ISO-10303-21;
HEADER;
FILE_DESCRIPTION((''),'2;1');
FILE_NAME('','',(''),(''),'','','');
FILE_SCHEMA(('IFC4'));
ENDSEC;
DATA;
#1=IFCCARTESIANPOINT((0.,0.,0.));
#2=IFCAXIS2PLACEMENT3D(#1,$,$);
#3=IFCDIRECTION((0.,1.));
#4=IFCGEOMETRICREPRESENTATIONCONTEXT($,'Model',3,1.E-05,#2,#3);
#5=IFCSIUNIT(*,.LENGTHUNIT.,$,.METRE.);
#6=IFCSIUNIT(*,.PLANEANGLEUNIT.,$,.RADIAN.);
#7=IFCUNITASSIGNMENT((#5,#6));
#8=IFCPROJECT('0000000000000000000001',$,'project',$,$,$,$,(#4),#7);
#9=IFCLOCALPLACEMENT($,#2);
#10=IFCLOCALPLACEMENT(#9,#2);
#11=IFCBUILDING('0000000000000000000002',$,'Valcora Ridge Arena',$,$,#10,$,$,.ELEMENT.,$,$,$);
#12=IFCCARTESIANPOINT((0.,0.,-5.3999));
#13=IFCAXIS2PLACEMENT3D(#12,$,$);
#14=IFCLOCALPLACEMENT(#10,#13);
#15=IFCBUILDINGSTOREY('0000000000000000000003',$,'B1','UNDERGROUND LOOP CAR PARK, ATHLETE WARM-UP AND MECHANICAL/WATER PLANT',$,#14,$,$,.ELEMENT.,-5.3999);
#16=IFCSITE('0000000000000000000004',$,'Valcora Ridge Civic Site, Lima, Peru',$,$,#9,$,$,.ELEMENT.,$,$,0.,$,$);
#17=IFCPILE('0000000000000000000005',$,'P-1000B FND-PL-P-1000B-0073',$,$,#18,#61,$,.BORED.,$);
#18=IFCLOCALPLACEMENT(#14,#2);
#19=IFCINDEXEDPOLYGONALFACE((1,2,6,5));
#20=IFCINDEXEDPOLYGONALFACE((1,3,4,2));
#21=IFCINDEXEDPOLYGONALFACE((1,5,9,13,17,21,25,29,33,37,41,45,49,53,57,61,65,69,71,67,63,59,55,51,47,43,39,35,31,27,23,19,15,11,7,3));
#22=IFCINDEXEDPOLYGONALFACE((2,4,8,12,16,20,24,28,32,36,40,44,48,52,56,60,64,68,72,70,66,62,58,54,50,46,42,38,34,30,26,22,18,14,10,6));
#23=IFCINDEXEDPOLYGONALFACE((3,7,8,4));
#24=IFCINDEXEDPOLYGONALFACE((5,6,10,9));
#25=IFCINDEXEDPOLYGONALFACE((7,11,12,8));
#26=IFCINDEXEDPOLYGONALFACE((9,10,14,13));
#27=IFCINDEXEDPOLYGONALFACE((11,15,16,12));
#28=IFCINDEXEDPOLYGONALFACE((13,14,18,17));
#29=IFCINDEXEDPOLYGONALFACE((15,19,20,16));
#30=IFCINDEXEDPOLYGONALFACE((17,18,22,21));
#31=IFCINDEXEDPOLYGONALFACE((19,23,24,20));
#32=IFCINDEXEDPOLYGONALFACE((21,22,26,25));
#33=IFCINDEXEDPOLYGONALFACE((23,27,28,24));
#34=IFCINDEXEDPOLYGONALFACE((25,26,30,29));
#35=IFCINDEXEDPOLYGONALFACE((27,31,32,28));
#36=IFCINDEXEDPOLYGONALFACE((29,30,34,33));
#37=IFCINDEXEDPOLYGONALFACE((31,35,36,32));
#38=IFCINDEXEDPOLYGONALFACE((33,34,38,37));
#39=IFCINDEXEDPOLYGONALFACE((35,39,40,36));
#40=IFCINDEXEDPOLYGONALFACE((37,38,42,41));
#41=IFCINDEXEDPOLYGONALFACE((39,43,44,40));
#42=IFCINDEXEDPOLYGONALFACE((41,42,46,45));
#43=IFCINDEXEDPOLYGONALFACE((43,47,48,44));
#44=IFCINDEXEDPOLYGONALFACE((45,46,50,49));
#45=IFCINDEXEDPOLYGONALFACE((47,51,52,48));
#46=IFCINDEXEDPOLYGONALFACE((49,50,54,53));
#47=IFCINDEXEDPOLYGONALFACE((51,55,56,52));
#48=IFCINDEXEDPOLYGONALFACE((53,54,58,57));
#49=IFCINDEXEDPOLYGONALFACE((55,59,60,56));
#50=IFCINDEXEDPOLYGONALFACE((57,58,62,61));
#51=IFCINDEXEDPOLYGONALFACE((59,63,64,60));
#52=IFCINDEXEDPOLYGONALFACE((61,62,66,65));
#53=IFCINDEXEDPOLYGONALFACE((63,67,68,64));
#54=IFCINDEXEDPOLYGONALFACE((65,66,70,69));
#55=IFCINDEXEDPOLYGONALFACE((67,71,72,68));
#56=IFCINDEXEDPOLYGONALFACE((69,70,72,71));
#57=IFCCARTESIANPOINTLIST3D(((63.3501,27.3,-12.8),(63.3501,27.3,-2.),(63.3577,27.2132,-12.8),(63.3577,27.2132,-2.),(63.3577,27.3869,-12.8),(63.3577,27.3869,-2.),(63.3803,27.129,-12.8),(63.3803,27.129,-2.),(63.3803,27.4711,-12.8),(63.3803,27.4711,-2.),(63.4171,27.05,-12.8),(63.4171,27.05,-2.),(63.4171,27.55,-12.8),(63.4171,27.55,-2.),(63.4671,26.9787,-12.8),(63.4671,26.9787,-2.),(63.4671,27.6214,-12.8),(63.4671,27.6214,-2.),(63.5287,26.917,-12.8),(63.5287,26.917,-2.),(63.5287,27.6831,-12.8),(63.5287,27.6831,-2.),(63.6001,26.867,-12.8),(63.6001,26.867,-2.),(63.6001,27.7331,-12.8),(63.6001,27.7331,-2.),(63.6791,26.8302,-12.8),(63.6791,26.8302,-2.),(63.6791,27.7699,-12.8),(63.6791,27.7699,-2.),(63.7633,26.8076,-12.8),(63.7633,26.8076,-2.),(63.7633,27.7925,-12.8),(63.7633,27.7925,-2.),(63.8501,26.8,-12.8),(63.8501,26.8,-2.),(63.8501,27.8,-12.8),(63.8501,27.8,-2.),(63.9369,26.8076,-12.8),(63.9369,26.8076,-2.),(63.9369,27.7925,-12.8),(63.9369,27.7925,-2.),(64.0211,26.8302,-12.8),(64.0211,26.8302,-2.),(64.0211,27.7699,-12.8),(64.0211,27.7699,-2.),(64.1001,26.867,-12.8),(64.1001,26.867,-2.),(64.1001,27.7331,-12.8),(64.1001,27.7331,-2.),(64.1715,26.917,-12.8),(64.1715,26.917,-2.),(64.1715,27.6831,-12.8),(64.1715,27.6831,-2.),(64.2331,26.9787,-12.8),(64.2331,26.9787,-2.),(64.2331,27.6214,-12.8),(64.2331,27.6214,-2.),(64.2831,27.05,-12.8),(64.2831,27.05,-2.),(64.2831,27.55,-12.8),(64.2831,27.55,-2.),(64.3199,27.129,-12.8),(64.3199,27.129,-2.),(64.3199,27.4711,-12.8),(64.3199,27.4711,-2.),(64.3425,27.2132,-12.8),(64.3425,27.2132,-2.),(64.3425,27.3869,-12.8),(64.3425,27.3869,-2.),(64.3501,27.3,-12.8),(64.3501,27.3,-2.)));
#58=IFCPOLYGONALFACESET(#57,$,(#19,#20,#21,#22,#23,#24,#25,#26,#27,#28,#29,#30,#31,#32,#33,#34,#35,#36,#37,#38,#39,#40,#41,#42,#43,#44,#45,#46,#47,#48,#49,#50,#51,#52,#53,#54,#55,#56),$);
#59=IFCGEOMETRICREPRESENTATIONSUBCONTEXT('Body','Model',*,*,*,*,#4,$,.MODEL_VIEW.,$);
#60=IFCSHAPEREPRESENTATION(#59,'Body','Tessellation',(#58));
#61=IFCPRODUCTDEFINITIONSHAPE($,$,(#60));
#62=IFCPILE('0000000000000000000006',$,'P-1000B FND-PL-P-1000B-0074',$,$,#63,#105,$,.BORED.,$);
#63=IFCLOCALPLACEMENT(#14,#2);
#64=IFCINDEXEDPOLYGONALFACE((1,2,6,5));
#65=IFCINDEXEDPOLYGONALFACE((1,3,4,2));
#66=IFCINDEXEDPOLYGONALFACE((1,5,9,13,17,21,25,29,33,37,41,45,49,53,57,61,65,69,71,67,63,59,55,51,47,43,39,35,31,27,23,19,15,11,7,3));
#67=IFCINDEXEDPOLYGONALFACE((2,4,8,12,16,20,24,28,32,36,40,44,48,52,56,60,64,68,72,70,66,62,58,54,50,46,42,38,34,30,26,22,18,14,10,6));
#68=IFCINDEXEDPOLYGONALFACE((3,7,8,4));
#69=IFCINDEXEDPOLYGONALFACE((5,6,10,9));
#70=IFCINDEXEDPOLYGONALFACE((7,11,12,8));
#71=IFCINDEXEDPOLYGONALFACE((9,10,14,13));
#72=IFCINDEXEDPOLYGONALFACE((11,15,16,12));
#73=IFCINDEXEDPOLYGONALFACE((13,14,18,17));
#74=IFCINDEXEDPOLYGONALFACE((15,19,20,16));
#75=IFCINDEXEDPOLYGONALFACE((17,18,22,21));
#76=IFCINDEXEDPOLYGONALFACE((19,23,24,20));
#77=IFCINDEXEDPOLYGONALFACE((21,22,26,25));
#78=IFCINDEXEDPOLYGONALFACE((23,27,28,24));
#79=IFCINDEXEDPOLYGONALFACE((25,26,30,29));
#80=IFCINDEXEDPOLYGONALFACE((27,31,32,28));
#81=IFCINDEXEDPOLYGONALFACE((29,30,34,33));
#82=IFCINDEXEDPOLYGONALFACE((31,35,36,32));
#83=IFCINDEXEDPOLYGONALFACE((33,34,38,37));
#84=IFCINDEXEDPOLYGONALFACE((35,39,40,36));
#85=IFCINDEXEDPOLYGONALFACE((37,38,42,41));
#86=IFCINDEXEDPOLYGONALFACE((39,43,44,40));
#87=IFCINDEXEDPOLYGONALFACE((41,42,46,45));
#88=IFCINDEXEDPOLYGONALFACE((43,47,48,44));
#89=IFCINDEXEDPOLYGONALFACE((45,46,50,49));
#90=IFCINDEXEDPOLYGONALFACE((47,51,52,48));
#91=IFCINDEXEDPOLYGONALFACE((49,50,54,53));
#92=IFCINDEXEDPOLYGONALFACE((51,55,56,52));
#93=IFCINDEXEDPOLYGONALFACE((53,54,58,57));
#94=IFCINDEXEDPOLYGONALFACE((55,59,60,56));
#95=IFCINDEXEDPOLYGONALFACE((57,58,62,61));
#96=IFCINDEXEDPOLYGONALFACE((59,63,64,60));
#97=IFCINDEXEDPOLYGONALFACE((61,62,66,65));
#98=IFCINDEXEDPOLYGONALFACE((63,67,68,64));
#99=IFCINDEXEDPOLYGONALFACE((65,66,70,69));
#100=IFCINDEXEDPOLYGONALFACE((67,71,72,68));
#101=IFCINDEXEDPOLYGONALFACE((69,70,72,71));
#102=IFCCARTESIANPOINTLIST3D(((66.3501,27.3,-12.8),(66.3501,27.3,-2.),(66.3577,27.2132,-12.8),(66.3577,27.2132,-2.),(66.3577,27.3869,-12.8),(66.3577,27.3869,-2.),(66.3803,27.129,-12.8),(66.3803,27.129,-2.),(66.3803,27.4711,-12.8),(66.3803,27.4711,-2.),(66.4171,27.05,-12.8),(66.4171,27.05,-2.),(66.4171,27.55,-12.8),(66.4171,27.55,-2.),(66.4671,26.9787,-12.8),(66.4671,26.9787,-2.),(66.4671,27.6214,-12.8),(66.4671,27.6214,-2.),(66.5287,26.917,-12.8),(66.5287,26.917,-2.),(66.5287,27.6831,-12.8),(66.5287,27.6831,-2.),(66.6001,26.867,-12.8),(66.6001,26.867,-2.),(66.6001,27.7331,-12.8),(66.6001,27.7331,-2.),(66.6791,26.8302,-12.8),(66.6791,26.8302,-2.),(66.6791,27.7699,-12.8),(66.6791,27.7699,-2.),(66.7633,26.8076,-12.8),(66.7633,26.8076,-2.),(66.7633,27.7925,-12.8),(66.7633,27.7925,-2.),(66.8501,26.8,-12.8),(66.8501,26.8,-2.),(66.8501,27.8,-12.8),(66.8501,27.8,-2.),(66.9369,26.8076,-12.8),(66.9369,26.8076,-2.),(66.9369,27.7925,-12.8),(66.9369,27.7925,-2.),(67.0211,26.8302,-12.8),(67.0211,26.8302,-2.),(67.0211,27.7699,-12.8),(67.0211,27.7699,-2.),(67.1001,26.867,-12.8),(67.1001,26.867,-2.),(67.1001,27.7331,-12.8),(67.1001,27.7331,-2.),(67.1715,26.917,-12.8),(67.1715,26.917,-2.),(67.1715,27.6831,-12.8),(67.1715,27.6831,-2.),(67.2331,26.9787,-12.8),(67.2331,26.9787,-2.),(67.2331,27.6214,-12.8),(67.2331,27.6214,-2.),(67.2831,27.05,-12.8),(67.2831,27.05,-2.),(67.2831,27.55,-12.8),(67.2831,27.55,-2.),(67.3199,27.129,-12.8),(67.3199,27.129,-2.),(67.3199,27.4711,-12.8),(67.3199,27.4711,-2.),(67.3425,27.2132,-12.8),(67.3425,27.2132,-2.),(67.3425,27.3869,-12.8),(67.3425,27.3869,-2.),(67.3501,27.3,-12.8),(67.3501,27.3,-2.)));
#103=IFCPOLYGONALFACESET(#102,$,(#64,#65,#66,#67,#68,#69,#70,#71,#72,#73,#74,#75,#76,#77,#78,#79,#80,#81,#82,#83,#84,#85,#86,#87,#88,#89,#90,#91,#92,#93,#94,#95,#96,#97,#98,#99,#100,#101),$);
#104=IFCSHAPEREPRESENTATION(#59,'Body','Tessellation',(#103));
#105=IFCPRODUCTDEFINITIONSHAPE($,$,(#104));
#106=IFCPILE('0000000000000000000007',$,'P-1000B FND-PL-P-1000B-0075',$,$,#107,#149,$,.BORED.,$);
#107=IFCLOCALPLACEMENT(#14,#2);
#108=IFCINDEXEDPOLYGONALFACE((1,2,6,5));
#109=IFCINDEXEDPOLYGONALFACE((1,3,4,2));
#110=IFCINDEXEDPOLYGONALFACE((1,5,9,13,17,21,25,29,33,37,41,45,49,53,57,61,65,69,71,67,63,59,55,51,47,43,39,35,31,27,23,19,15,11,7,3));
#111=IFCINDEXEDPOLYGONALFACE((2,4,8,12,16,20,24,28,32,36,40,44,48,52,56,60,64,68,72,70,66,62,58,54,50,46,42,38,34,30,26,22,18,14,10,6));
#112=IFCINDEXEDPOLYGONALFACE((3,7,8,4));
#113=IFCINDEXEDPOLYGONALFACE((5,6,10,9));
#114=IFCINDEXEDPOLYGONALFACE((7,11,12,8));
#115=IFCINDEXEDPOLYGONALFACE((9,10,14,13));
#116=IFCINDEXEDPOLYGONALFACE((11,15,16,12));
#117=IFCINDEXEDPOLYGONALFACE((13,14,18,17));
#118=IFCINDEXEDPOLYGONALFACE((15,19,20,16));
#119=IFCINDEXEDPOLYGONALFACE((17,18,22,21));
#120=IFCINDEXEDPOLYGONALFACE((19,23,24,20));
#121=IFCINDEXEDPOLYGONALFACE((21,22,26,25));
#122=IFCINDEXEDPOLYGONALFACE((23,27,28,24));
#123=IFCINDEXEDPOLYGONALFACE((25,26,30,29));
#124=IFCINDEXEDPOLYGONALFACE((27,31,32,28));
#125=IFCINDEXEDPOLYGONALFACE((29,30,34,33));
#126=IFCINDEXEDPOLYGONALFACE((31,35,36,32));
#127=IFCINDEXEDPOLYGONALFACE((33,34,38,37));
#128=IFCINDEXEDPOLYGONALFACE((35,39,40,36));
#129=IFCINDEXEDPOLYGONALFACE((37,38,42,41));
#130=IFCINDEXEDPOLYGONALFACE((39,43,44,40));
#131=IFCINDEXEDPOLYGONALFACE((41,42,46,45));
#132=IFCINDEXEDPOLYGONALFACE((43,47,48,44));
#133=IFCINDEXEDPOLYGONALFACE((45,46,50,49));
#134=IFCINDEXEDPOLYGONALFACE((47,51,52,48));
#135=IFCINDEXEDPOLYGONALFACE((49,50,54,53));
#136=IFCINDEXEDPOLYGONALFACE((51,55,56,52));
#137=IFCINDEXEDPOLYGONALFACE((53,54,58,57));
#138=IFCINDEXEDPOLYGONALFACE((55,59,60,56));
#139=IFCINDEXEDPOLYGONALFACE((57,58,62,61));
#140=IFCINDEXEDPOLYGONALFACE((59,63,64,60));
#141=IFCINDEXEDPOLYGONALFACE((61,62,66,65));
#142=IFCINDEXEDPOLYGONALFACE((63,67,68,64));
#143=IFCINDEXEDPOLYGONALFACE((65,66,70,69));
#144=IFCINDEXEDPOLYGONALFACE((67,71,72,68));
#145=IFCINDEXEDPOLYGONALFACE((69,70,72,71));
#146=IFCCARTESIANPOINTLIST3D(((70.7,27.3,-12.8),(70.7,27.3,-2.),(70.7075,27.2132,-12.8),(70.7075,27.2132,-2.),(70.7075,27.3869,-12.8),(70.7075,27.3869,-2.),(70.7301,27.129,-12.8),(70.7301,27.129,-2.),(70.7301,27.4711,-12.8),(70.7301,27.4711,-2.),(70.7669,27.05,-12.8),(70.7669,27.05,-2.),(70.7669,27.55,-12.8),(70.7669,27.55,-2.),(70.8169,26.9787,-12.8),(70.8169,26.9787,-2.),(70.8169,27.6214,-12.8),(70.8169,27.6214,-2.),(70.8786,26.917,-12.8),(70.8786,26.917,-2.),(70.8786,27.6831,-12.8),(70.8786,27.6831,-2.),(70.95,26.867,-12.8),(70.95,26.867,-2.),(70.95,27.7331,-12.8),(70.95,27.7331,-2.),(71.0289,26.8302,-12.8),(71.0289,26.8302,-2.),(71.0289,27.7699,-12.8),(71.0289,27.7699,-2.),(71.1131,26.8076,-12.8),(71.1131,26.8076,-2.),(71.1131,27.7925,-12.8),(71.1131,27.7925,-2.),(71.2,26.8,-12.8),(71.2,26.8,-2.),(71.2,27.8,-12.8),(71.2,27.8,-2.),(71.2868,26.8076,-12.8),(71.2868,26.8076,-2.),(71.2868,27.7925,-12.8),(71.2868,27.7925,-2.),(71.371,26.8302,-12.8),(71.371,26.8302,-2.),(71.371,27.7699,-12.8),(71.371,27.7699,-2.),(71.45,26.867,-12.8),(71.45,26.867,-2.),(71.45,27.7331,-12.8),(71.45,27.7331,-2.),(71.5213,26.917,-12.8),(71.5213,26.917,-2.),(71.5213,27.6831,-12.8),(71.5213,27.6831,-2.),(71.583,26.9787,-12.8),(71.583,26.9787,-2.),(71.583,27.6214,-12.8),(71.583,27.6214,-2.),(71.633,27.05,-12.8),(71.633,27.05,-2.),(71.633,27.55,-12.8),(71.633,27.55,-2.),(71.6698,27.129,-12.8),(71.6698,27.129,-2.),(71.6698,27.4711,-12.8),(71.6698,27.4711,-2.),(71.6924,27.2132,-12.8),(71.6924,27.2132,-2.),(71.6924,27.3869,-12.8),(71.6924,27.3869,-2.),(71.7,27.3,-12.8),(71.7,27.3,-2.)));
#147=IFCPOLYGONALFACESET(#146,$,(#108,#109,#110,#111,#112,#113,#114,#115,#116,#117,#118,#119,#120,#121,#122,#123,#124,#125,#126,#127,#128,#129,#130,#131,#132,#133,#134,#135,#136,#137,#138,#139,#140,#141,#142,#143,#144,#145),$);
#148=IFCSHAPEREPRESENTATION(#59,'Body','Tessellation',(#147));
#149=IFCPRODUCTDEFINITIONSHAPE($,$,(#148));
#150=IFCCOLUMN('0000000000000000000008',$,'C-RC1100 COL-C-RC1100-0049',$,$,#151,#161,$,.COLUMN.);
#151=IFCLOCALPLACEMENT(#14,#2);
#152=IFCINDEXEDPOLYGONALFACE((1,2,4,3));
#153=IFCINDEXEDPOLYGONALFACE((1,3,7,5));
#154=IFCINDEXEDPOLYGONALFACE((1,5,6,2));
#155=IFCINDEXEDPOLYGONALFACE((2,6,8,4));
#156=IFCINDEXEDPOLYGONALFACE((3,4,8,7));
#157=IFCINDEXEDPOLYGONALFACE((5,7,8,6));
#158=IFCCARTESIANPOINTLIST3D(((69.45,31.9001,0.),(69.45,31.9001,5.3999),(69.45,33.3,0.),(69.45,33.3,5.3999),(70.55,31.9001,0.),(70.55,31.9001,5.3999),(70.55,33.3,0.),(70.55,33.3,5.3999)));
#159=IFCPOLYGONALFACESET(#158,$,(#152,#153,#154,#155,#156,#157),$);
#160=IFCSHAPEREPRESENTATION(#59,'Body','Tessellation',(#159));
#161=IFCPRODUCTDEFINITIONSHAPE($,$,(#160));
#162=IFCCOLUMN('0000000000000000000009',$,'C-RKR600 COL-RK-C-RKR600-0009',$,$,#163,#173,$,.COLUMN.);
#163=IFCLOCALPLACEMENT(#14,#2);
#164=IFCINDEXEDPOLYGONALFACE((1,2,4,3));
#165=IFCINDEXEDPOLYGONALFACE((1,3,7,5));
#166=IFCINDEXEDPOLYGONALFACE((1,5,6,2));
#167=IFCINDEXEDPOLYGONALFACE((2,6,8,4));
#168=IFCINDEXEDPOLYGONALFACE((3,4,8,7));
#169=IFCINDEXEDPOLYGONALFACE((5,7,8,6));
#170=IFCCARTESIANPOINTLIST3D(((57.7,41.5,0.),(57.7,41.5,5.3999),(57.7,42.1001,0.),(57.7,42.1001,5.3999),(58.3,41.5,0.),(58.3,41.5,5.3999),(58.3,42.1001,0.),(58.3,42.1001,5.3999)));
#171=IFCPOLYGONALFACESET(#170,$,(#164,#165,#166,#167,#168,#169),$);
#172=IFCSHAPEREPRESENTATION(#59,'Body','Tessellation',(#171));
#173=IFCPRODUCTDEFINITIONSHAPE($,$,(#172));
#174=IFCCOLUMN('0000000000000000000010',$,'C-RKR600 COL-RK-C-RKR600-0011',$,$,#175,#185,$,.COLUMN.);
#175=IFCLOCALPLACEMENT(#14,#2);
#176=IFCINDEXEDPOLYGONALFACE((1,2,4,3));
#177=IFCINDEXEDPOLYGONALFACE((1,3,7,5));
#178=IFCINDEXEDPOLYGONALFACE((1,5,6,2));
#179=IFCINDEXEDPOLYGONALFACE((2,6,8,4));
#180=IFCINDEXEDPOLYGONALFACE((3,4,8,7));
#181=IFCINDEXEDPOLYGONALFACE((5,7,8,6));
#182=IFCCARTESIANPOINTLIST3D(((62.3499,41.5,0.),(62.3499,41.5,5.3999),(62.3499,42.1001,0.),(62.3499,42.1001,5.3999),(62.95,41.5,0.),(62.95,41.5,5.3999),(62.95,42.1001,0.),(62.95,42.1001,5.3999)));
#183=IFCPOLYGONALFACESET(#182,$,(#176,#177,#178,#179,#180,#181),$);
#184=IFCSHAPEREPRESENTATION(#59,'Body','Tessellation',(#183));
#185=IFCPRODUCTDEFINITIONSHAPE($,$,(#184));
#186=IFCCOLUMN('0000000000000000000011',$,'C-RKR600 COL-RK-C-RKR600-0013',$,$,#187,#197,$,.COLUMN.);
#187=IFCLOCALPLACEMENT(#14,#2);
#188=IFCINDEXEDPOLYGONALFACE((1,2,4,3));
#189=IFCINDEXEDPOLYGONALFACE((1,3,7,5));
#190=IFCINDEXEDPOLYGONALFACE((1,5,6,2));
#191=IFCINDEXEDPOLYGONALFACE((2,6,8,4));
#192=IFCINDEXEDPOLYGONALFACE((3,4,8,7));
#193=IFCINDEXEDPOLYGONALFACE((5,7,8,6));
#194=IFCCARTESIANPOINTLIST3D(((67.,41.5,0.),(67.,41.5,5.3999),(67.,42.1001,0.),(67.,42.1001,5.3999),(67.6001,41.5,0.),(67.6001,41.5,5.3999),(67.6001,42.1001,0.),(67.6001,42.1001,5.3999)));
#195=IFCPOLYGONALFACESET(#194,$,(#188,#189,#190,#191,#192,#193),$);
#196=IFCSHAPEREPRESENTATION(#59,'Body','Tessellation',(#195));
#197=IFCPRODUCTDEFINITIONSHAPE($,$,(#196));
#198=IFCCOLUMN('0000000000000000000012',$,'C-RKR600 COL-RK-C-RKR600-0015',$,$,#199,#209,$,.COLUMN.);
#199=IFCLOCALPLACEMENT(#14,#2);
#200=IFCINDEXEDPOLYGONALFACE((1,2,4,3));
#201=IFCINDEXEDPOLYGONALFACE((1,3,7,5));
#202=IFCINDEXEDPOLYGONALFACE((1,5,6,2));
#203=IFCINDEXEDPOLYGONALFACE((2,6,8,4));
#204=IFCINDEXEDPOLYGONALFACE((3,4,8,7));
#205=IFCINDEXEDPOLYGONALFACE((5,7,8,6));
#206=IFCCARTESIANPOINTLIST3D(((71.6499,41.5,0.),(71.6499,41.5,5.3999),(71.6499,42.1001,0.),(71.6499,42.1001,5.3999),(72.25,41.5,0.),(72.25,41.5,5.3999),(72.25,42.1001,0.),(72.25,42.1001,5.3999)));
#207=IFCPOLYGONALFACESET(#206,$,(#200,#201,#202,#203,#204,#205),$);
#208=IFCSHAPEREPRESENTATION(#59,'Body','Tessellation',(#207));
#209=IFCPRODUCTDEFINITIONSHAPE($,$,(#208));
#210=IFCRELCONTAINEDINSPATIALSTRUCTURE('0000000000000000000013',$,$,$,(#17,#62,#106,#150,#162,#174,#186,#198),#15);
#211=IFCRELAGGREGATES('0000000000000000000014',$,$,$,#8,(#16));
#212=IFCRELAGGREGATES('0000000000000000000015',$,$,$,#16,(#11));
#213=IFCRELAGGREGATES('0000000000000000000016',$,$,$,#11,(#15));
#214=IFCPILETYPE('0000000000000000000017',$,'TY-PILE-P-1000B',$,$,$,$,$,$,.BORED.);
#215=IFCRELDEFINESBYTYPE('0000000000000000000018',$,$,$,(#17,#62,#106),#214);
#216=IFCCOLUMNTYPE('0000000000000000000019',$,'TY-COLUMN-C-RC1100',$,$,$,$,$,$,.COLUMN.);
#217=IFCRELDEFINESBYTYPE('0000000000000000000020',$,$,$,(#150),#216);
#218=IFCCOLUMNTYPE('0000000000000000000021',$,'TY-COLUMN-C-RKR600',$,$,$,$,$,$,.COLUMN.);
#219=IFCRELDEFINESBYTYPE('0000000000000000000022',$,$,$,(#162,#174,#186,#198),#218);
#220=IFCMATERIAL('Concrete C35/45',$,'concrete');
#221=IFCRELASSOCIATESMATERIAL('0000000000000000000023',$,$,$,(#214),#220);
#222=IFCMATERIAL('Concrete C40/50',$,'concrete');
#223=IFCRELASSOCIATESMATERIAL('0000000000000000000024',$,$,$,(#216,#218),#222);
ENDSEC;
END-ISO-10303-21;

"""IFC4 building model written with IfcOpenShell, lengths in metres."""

from ifc_helpers import new_model, si_unit, direction, frame, origin, origin_2d, place, context, subcontext, project, spatial, rectangle, circle, extrude, material, material_profile, profile_set, type_object, element, save


model = new_model("IFC4")

# Units and contexts
model_context = context("Model", 3, precision=1e-05, world=origin(), true_north=direction((0.0, 1.0)))
body_context = subcontext(model_context, "Body", "Model", "MODEL_VIEW")
ifc_project = project(units=[si_unit("LENGTHUNIT", "METRE"), si_unit("PLANEANGLEUNIT", "RADIAN")], contexts=[model_context])

# Site, building, storey
site_placement = place(None, origin())
site = spatial("IfcSite", under=ifc_project, at=site_placement, Name="Valcora Ridge Civic Site, Lima, Peru", CompositionType="ELEMENT", RefElevation=0.0)
building_placement = place(site_placement, origin())
building = spatial("IfcBuilding", under=site, at=building_placement, Name="Valcora Ridge Arena", CompositionType="ELEMENT")
storey_placement = place(building_placement, frame((0.0, 0.0, -5.3999)))
storey = spatial("IfcBuildingStorey", under=building, at=storey_placement, Name="B1", Description="UNDERGROUND LOOP CAR PARK, ATHLETE WARM-UP AND MECHANICAL/WATER PLANT", CompositionType="ELEMENT", Elevation=-5.3999)

# Shared definitions
ifc_material_1 = material(Name="Concrete C40/50", Category="concrete")

# Piles
ifc_material_2 = material(Name="Concrete C35/45", Category="concrete")
ifc_material_profile_1 = material_profile(ifc_material_2, circle(Radius=0.5, at=origin_2d()), Name="BORED PILE D1000")
ifc_profile_set_1 = profile_set([ifc_material_profile_1], Name="Concrete C35/45")
pile_type_1 = type_object("IfcPileType", Name="TY-PILE-P-1000B", PredefinedType="BORED", material=ifc_profile_set_1)
for number, where, z_axis, x_axis, name in (
    (1, (63.8501, 27.3, -2.0), (0.0, 0.0, -1.0), (1.0, 0.0, 0.0), "P-1000B FND-PL-P-1000B-0073"),
    (2, (66.8501, 27.3, -2.0), (0.0, 0.0, -1.0), (1.0, 0.0, 0.0), "P-1000B FND-PL-P-1000B-0074"),
    (3, (71.2, 27.3, -2.0), (0.0, 0.0, -1.0), (1.0, 0.0, 0.0), "P-1000B FND-PL-P-1000B-0075"),
):
    element("IfcPile", number, at=place(storey_placement, frame(where, z_axis=z_axis, x_axis=x_axis)), inside=storey, type_object=pile_type_1, Name=name, PredefinedType="BORED", context=body_context, shape_type="SweptSolid", body=[
        extrude(circle(Radius=0.5, at=origin_2d()), origin(), (0.0, 0.0, 1.0), 10.8),
    ])

# Columns
ifc_material_profile_2 = material_profile(ifc_material_1, rectangle(XDim=1.1001, YDim=1.3999, at=origin_2d()), Name="RC 1100x1400")
ifc_profile_set_2 = profile_set([ifc_material_profile_2], Name="Concrete C40/50")
column_type_1 = type_object("IfcColumnType", Name="TY-COLUMN-C-RC1100", PredefinedType="COLUMN", material=ifc_profile_set_2)
column_1_placement = place(storey_placement, frame((70.0, 32.6001, 0.0), z_axis=(0.0, 0.0, 1.0), x_axis=(1.0, 0.0, 0.0)))
element("IfcColumn", 4, at=column_1_placement, inside=storey, type_object=column_type_1, Name="C-RC1100 COL-C-RC1100-0049", PredefinedType="COLUMN", context=body_context, shape_type="SweptSolid", body=[
    extrude(rectangle(XDim=1.1001, YDim=1.3999, at=origin_2d()), origin(), (0.0, 0.0, 1.0), 5.3999),
])
ifc_material_profile_3 = material_profile(ifc_material_1, rectangle(XDim=0.6001, YDim=0.6001, at=origin_2d()), Name="RC 600x600")
ifc_profile_set_3 = profile_set([ifc_material_profile_3], Name="Concrete C40/50")
column_type_2 = type_object("IfcColumnType", Name="TY-COLUMN-C-RKR600", PredefinedType="COLUMN", material=ifc_profile_set_3)
for number, where, z_axis, x_axis, name in (
    (5, (58.0, 41.8, 0.0), (0.0, 0.0, 1.0), (1.0, 0.0, 0.0), "C-RKR600 COL-RK-C-RKR600-0009"),
    (6, (62.6499, 41.8, 0.0), (0.0, 0.0, 1.0), (1.0, 0.0, 0.0), "C-RKR600 COL-RK-C-RKR600-0011"),
    (7, (67.3, 41.8, 0.0), (0.0, 0.0, 1.0), (1.0, 0.0, 0.0), "C-RKR600 COL-RK-C-RKR600-0013"),
    (8, (71.95, 41.8, 0.0), (0.0, 0.0, 1.0), (1.0, 0.0, 0.0), "C-RKR600 COL-RK-C-RKR600-0015"),
):
    element("IfcColumn", number, at=place(storey_placement, frame(where, z_axis=z_axis, x_axis=x_axis)), inside=storey, type_object=column_type_2, Name=name, PredefinedType="COLUMN", context=body_context, shape_type="SweptSolid", body=[
        extrude(rectangle(XDim=0.6001, YDim=0.6001, at=origin_2d()), origin(), (0.0, 0.0, 1.0), 5.3999),
    ])

save(model, "model.ifc")
